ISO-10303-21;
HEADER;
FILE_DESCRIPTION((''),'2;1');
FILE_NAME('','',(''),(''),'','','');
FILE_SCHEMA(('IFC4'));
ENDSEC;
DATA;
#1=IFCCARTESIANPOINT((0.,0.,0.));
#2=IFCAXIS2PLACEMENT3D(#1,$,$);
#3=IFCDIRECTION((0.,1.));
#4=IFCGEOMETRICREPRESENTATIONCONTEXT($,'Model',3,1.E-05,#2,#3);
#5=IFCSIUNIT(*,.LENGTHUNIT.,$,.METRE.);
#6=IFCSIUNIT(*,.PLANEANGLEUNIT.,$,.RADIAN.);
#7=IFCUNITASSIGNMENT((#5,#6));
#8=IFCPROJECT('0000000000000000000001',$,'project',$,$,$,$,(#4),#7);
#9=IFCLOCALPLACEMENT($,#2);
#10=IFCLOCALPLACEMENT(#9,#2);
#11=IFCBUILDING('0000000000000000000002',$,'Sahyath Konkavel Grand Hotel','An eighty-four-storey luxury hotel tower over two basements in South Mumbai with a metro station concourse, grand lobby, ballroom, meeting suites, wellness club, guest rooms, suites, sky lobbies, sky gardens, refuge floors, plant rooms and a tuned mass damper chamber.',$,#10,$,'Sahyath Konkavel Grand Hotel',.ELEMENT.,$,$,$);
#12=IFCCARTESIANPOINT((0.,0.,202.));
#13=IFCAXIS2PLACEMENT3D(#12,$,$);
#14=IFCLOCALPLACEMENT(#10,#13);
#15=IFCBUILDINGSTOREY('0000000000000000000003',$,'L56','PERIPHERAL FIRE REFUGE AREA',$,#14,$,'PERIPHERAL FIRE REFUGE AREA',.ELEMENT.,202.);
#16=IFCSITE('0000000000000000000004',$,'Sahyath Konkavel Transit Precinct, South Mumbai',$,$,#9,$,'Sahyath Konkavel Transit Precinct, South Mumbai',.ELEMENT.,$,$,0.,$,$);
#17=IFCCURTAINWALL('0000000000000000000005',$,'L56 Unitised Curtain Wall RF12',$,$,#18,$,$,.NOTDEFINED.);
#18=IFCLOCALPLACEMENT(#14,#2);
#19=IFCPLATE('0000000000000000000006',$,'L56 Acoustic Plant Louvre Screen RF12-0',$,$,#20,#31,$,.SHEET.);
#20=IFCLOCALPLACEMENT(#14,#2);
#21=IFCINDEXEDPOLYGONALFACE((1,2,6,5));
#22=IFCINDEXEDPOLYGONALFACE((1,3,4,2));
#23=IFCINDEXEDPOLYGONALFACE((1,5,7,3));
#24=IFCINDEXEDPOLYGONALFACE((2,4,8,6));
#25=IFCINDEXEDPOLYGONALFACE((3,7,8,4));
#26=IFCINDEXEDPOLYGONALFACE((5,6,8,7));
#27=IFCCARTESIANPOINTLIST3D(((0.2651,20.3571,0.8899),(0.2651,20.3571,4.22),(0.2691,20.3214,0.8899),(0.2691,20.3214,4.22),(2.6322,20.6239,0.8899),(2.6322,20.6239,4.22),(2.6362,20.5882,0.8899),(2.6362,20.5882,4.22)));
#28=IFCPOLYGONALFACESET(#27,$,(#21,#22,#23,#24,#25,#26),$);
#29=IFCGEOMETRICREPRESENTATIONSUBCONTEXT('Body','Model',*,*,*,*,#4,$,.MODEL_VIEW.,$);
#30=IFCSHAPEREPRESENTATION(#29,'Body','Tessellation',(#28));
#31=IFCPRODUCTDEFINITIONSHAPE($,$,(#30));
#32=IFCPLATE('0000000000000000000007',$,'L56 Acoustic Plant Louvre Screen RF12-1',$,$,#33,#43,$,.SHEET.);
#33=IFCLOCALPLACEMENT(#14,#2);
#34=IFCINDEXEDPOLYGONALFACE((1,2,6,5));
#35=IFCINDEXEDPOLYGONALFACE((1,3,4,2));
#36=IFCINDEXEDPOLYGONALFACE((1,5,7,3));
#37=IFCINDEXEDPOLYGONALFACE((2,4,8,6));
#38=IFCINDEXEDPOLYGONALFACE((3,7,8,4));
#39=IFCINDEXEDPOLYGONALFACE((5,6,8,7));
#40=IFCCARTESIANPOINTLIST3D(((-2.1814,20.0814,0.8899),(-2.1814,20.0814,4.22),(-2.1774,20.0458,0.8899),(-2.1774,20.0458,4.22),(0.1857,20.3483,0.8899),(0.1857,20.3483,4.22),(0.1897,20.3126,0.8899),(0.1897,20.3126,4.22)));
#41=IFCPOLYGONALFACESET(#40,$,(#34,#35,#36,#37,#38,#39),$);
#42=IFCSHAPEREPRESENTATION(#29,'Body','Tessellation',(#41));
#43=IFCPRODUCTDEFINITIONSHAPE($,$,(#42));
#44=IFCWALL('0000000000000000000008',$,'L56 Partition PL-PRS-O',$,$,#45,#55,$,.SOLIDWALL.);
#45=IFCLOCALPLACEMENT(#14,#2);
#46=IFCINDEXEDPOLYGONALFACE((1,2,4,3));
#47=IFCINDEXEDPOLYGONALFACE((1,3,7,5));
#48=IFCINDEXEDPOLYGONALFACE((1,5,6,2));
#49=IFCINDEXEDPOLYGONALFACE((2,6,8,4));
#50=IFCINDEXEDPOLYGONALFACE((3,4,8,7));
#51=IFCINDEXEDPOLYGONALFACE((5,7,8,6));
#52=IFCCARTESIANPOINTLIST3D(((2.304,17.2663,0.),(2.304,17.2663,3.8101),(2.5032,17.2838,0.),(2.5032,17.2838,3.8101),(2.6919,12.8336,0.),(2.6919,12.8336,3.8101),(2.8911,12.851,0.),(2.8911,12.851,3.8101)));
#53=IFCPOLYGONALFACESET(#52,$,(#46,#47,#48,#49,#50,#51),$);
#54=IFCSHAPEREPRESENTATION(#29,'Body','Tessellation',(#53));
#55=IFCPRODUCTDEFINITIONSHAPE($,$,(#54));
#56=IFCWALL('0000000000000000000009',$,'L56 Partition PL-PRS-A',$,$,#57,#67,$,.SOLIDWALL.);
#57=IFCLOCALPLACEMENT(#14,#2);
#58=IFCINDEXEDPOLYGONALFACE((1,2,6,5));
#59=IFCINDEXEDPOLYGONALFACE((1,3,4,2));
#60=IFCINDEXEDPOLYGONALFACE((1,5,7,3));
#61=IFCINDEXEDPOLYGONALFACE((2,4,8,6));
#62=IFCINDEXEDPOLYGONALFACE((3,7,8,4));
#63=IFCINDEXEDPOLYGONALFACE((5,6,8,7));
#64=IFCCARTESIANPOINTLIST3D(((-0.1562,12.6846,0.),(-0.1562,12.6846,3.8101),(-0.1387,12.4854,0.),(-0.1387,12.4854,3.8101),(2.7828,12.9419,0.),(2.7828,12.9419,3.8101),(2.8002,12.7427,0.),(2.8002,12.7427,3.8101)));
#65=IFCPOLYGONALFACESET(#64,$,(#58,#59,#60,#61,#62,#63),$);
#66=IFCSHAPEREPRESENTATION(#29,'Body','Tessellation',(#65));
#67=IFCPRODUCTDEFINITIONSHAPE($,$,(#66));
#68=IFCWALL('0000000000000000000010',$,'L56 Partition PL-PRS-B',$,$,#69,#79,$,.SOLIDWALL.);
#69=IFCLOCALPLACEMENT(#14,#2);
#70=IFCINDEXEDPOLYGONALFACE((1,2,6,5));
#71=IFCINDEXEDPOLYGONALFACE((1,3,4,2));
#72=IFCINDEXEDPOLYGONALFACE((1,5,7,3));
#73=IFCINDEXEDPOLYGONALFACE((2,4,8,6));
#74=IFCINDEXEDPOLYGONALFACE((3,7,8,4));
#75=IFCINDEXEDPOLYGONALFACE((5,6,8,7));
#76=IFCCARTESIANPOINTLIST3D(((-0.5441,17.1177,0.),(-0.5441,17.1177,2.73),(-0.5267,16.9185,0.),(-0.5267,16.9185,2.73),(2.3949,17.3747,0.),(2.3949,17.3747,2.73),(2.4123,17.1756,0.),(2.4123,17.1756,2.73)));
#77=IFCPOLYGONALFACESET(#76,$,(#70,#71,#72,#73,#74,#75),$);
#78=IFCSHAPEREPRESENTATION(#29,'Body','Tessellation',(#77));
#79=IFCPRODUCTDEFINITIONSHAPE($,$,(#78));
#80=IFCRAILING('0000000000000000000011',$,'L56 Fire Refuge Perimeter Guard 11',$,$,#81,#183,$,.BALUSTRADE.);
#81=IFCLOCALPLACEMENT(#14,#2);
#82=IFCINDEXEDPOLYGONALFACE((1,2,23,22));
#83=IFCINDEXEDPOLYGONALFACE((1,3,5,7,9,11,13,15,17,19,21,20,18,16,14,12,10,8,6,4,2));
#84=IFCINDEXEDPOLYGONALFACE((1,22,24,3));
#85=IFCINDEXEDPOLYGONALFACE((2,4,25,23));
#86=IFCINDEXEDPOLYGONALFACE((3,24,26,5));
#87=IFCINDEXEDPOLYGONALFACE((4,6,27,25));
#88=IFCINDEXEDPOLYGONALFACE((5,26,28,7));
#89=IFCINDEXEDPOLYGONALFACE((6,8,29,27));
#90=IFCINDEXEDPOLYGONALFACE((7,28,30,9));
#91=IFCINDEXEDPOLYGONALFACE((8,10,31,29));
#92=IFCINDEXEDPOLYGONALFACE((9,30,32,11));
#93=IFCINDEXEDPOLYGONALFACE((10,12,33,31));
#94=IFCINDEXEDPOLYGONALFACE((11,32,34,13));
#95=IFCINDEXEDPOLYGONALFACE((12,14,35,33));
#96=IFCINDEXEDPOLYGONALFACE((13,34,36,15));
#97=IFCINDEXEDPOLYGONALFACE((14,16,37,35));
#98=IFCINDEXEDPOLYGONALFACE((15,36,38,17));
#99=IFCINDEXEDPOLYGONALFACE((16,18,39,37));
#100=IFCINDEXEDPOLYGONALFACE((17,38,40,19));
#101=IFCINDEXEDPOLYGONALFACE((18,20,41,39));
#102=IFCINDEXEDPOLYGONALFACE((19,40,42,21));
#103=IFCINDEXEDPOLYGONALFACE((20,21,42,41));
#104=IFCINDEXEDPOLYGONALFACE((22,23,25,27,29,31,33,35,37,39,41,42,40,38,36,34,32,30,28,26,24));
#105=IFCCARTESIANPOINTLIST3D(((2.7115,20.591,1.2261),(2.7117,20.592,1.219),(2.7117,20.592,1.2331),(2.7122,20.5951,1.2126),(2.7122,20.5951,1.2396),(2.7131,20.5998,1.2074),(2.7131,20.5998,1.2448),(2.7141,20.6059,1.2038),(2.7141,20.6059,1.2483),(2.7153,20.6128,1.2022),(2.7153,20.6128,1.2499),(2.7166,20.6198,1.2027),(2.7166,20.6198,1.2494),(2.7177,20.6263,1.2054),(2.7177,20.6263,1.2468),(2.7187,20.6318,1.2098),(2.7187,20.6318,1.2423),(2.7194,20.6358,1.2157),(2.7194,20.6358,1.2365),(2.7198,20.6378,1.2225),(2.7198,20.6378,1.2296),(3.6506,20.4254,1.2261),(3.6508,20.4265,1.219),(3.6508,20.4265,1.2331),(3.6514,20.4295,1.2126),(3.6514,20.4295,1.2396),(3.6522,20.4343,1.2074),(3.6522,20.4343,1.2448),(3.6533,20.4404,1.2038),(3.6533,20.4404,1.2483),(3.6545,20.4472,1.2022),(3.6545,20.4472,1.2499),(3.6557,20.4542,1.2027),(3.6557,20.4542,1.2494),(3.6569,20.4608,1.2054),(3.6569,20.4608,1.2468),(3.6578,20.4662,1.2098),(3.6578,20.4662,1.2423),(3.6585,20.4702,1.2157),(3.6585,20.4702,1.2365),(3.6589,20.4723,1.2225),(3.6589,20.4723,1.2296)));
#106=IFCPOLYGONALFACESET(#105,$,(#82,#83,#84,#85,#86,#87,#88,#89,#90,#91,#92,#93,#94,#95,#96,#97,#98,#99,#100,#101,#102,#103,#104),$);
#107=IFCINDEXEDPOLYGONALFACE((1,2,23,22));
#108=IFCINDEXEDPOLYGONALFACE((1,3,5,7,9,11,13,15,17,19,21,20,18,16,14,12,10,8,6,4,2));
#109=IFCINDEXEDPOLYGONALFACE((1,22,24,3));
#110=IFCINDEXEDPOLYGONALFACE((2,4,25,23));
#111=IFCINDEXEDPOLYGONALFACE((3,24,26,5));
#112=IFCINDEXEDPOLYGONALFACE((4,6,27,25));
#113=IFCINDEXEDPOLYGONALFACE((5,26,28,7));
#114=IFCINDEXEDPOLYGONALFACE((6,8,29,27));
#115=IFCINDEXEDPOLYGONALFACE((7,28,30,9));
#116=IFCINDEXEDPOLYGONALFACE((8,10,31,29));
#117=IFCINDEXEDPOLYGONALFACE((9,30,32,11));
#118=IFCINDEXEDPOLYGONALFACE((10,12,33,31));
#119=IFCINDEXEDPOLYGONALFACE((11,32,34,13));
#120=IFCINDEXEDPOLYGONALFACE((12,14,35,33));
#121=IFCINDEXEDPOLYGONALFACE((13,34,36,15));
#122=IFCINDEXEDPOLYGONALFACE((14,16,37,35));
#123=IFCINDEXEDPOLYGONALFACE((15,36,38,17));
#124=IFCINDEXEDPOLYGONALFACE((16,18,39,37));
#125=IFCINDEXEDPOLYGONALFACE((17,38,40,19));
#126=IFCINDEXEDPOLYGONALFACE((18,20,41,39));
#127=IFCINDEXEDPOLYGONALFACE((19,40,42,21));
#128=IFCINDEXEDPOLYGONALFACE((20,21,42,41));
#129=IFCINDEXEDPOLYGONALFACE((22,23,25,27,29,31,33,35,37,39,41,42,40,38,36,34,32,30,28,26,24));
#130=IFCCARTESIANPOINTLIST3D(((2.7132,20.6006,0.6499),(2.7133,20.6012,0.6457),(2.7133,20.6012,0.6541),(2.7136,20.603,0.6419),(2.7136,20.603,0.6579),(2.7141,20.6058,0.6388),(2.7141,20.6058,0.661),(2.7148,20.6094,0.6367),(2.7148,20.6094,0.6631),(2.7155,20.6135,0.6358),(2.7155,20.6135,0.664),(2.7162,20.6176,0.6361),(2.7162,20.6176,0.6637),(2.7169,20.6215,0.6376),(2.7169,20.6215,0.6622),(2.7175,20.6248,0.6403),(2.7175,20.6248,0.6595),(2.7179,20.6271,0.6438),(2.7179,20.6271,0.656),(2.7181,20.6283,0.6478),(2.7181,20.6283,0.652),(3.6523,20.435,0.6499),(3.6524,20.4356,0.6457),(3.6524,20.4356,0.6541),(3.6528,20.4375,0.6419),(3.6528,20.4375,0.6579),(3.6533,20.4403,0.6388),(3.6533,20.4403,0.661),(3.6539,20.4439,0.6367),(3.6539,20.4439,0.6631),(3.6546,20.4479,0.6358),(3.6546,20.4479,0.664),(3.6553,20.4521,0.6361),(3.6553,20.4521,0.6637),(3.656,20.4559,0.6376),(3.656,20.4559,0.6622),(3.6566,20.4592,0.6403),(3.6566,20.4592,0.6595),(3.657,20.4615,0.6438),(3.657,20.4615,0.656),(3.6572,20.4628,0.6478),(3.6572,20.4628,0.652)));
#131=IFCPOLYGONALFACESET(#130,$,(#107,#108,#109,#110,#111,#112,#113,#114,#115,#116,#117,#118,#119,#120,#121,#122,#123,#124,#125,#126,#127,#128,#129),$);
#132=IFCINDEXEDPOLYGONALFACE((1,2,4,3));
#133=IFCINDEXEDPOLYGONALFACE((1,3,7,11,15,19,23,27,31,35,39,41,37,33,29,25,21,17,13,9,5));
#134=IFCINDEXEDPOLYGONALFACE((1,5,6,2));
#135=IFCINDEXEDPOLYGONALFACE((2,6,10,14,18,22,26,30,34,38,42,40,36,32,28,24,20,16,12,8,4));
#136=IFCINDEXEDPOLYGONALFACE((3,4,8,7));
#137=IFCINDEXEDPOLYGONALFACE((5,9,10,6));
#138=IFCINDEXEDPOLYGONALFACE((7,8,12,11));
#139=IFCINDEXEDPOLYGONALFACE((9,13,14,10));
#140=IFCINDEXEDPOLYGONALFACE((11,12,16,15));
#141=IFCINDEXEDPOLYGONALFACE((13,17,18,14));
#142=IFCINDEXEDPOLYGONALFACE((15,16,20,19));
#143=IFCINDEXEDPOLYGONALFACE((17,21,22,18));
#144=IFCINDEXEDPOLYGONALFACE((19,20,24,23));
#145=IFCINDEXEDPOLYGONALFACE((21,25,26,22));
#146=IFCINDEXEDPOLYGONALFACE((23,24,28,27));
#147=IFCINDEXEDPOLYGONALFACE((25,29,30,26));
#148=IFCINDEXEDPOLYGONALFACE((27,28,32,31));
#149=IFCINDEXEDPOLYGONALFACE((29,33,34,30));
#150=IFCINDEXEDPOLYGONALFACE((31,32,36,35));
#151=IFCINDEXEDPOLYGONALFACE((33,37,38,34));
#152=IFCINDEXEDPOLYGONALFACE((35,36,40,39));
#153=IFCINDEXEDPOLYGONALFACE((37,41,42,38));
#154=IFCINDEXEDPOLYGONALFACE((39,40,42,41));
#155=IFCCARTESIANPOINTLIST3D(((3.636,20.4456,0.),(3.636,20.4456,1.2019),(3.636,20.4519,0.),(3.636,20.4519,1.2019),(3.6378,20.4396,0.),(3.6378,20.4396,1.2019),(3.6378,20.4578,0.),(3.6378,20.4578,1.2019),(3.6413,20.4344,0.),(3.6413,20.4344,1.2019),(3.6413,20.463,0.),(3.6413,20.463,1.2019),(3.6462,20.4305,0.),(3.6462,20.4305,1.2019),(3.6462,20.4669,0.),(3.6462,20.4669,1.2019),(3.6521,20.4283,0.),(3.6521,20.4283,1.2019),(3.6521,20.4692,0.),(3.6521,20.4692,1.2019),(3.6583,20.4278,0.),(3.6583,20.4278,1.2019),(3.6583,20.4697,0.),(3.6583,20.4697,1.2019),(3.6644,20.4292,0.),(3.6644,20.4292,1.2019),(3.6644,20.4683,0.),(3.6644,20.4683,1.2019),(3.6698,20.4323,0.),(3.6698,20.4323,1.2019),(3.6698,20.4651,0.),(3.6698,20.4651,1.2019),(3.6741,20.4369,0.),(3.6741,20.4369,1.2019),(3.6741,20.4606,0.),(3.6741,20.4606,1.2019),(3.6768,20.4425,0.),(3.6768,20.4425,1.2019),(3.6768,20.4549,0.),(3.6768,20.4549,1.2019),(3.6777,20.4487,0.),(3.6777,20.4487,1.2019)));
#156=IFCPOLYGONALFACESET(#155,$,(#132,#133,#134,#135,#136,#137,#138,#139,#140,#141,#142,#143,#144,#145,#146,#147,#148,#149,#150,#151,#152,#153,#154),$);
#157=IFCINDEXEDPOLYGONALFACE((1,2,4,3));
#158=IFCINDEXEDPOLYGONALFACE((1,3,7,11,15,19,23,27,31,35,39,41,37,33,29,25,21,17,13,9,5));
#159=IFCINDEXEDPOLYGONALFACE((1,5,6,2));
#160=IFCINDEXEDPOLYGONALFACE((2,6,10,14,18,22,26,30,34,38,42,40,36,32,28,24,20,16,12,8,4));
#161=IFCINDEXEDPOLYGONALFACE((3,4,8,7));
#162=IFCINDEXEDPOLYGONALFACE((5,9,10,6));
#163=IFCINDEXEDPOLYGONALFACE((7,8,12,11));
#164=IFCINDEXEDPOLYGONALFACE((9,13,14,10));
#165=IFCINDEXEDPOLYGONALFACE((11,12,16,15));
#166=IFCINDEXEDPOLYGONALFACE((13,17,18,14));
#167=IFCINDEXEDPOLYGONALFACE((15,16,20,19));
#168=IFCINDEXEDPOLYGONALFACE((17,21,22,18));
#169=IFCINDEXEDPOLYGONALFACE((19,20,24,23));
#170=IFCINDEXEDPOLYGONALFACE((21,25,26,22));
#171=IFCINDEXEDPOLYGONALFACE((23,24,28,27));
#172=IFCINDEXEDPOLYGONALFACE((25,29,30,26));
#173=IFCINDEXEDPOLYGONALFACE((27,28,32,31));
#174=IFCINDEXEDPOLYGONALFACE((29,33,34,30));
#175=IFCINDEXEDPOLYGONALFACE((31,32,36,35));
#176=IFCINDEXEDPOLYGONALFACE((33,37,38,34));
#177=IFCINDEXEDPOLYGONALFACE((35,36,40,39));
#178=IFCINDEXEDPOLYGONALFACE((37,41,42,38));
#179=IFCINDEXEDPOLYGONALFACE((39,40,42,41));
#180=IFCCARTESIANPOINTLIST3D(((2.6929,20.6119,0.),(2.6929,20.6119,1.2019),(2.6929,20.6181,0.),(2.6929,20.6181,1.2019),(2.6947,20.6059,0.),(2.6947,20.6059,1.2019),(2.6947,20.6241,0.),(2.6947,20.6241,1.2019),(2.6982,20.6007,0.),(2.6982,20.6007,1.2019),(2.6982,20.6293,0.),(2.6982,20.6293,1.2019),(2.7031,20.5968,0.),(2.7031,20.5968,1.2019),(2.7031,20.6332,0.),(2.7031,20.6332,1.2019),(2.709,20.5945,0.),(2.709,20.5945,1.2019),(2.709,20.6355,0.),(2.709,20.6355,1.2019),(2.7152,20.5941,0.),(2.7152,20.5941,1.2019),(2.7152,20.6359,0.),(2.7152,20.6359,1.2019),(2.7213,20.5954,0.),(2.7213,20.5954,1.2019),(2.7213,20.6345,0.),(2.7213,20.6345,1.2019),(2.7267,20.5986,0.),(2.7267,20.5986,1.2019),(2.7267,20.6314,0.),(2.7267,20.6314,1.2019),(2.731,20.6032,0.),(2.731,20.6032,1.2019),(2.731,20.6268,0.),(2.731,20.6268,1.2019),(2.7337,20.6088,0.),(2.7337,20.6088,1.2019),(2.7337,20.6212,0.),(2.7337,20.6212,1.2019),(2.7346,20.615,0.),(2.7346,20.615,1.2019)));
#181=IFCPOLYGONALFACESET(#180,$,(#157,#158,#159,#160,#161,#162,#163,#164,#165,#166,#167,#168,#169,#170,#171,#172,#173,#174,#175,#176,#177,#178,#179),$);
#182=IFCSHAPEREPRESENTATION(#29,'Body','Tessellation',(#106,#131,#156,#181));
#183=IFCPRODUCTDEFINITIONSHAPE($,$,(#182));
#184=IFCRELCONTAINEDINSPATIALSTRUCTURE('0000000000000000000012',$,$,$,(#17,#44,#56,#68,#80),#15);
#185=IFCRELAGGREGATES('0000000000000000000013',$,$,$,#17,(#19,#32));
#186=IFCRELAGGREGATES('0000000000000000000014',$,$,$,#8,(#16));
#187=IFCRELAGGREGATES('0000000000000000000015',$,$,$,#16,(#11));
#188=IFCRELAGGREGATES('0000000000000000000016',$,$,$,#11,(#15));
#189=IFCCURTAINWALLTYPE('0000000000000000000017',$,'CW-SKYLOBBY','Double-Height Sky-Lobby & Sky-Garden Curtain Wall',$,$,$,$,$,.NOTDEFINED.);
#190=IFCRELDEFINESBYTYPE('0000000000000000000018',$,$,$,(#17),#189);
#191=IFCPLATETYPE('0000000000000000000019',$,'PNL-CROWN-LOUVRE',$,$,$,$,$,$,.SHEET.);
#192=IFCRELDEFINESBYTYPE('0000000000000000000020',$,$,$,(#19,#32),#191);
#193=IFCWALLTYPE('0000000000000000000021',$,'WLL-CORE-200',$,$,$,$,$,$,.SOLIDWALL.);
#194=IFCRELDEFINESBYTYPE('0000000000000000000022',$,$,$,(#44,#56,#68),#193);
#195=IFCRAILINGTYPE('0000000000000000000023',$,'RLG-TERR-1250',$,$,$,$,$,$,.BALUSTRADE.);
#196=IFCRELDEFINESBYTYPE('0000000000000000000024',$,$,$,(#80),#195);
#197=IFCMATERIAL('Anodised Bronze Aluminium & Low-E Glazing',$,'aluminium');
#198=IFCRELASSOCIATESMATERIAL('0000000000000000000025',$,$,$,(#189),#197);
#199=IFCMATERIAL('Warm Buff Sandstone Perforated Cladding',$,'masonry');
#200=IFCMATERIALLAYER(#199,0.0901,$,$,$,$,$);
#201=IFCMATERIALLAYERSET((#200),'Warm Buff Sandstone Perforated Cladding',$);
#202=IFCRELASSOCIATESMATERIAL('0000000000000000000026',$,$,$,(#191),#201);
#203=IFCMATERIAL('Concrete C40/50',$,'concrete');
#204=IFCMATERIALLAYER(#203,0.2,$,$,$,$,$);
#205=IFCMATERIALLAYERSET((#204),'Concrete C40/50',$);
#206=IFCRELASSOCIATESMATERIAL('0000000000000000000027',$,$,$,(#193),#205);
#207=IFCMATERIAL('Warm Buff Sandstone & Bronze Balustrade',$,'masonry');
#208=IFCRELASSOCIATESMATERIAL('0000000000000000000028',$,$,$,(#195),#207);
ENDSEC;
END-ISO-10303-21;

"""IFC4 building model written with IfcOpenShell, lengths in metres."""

from ifc_helpers import new_model, si_unit, direction, frame, frame_2d, origin, origin_2d, place, context, subcontext, project, spatial, rectangle, circle, extrude, source, transform, mapped, material, layer, layer_set, type_object, element, aggregate, save


model = new_model("IFC4")

# Units and contexts
model_context = context("Model", 3, precision=1e-05, world=origin(), true_north=direction((0.0, 1.0)))
body_context = subcontext(model_context, "Body", "Model", "MODEL_VIEW")
ifc_project = project(units=[si_unit("LENGTHUNIT", "METRE"), si_unit("PLANEANGLEUNIT", "RADIAN")], contexts=[model_context])

# Site, building, storey
site_placement = place(None, origin())
site = spatial("IfcSite", under=ifc_project, at=site_placement, Name="Sahyath Konkavel Transit Precinct, South Mumbai", LongName="Sahyath Konkavel Transit Precinct, South Mumbai", CompositionType="ELEMENT", RefElevation=0.0)
building_placement = place(site_placement, origin())
building = spatial("IfcBuilding", under=site, at=building_placement, Name="Sahyath Konkavel Grand Hotel", Description="An eighty-four-storey luxury hotel tower over two basements in South Mumbai with a metro station concourse, grand lobby, ballroom, meeting suites, wellness club, guest rooms, suites, sky lobbies, sky gardens, refuge floors, plant rooms and a tuned mass damper chamber.", LongName="Sahyath Konkavel Grand Hotel", CompositionType="ELEMENT")
storey_placement = place(building_placement, frame((0.0, 0.0, 202.0)))
storey = spatial("IfcBuildingStorey", under=building, at=storey_placement, Name="L56", Description="PERIPHERAL FIRE REFUGE AREA", LongName="PERIPHERAL FIRE REFUGE AREA", CompositionType="ELEMENT", Elevation=202.0)

# Curtain wall
ifc_material_1 = material(Name="Anodised Bronze Aluminium & Low-E Glazing", Category="aluminium")
curtain_wall_type = type_object("IfcCurtainWallType", Name="CW-SKYLOBBY", Description="Double-Height Sky-Lobby & Sky-Garden Curtain Wall", PredefinedType="NOTDEFINED", material=ifc_material_1)
curtain_wall_placement = place(storey_placement, origin())
curtain_wall = element("IfcCurtainWall", 1, at=curtain_wall_placement, inside=storey, type_object=curtain_wall_type, Name="L56 Unitised Curtain Wall RF12", PredefinedType="NOTDEFINED")

# Plates
ifc_material_2 = material(Name="Warm Buff Sandstone Perforated Cladding", Category="masonry")
ifc_layer_1 = layer(ifc_material_2, 0.0901)
ifc_layer_set_1 = layer_set([ifc_layer_1], Name="Warm Buff Sandstone Perforated Cladding")
plate_type_1 = type_object("IfcPlateType", Name="PNL-CROWN-LOUVRE", PredefinedType="SHEET", material=ifc_layer_set_1)
shared_shape_1 = source(origin(), body_context, "Body", "SweptSolid", [
    extrude(rectangle(XDim=2.3821, YDim=0.0359, at=origin_2d()), origin(), (0.0, 0.0, 1.0), 3.3301),
])
plate_1_placement = place(storey_placement, frame((1.4507, 20.4727, 0.8899), z_axis=(0.0, 0.0, 1.0), x_axis=(-0.993707, -0.112007, 0.0)))
plate_1 = element("IfcPlate", 2, at=plate_1_placement, type_object=plate_type_1, Name="L56 Acoustic Plant Louvre Screen RF12-0", PredefinedType="SHEET", context=body_context, shape_type="MappedRepresentation", body=[
    mapped(shared_shape_1, transform((0.0, 0.0, 0.0), scale=1.0)),
])
plate_2_placement = place(storey_placement, frame((-0.9958, 20.197, 0.8899), z_axis=(0.0, 0.0, 1.0), x_axis=(-0.993707, -0.112007, 0.0)))
plate_2 = element("IfcPlate", 3, at=plate_2_placement, type_object=plate_type_1, Name="L56 Acoustic Plant Louvre Screen RF12-1", PredefinedType="SHEET", context=body_context, shape_type="MappedRepresentation", body=[
    mapped(shared_shape_1, transform((0.0, 0.0, 0.0), scale=1.0)),
])
aggregate(curtain_wall, [plate_1, plate_2])

# Shared definitions
ifc_material_3 = material(Name="Concrete C40/50", Category="concrete")
ifc_layer_2 = layer(ifc_material_3, 0.2)
ifc_layer_set_2 = layer_set([ifc_layer_2], Name="Concrete C40/50")
wall_type = type_object("IfcWallType", Name="WLL-CORE-200", PredefinedType="SOLIDWALL", material=ifc_layer_set_2)

# Walls
wall_1_placement = place(storey_placement, frame((2.7915, 12.8423, 0.0), z_axis=(0.0, 0.0, 1.0), x_axis=(-0.087181, 0.996192, 0.0)))
element("IfcWall", 4, at=wall_1_placement, inside=storey, type_object=wall_type, Name="L56 Partition PL-PRS-O", PredefinedType="SOLIDWALL", context=body_context, shape_type="SweptSolid", body=[
    extrude(rectangle(XDim=4.4497, YDim=0.2, at=frame_2d((2.2249, 0.0))), origin(), (0.0, 0.0, 1.0), 3.8101),
])
wall_2_placement = place(storey_placement, frame((2.7915, 12.8423, 0.0), z_axis=(0.0, 0.0, 1.0), x_axis=(-0.996189, -0.087222, 0.0)))
element("IfcWall", 5, at=wall_2_placement, inside=storey, type_object=wall_type, Name="L56 Partition PL-PRS-A", PredefinedType="SOLIDWALL", context=body_context, shape_type="SweptSolid", body=[
    extrude(rectangle(XDim=2.9502, YDim=0.2, at=frame_2d((1.4751, 0.0))), origin(), (0.0, 0.0, 1.0), 3.8101),
])
wall_3_placement = place(storey_placement, frame((2.4036, 17.2751, 0.0), z_axis=(0.0, 0.0, 1.0), x_axis=(-0.996196, -0.08714, 0.0)))
element("IfcWall", 6, at=wall_3_placement, inside=storey, type_object=wall_type, Name="L56 Partition PL-PRS-B", PredefinedType="SOLIDWALL", context=body_context, shape_type="SweptSolid", body=[
    extrude(rectangle(XDim=2.9502, YDim=0.2, at=frame_2d((1.4751, 0.0))), origin(), (0.0, 0.0, 1.0), 2.73),
])

# Railing
ifc_material_4 = material(Name="Warm Buff Sandstone & Bronze Balustrade", Category="masonry")
railing_type = type_object("IfcRailingType", Name="RLG-TERR-1250", PredefinedType="BALUSTRADE", material=ifc_material_4)
railing_placement = place(storey_placement, frame((3.6567, 20.4487, 0.0)))
element("IfcRailing", 7, at=railing_placement, inside=storey, type_object=railing_type, Name="L56 Fire Refuge Perimeter Guard 11", PredefinedType="BALUSTRADE", context=body_context, shape_type="SweptSolid", body=[
    extrude(circle(Radius=0.0239, at=origin_2d()), frame((-0.002, 0.0002, 1.2261), z_axis=(-0.984814, 0.173611, 0.0), x_axis=(-0.173611, -0.984814, 0.0)), (0.0, 0.0, 1.0), 0.9536),
    extrude(circle(Radius=0.0142, at=origin_2d()), frame((-0.002, 0.0002, 0.6499), z_axis=(-0.984814, 0.173611, 0.0), x_axis=(-0.173611, -0.984814, 0.0)), (0.0, 0.0, 1.0), 0.9536),
    extrude(circle(Radius=0.021, at=origin_2d()), origin(), (0.0, 0.0, 1.0), 1.2019),
    extrude(circle(Radius=0.021, at=origin_2d()), frame((-0.9431, 0.1663, 0.0)), (0.0, 0.0, 1.0), 1.2019),
])

save(model, "model.ifc")
